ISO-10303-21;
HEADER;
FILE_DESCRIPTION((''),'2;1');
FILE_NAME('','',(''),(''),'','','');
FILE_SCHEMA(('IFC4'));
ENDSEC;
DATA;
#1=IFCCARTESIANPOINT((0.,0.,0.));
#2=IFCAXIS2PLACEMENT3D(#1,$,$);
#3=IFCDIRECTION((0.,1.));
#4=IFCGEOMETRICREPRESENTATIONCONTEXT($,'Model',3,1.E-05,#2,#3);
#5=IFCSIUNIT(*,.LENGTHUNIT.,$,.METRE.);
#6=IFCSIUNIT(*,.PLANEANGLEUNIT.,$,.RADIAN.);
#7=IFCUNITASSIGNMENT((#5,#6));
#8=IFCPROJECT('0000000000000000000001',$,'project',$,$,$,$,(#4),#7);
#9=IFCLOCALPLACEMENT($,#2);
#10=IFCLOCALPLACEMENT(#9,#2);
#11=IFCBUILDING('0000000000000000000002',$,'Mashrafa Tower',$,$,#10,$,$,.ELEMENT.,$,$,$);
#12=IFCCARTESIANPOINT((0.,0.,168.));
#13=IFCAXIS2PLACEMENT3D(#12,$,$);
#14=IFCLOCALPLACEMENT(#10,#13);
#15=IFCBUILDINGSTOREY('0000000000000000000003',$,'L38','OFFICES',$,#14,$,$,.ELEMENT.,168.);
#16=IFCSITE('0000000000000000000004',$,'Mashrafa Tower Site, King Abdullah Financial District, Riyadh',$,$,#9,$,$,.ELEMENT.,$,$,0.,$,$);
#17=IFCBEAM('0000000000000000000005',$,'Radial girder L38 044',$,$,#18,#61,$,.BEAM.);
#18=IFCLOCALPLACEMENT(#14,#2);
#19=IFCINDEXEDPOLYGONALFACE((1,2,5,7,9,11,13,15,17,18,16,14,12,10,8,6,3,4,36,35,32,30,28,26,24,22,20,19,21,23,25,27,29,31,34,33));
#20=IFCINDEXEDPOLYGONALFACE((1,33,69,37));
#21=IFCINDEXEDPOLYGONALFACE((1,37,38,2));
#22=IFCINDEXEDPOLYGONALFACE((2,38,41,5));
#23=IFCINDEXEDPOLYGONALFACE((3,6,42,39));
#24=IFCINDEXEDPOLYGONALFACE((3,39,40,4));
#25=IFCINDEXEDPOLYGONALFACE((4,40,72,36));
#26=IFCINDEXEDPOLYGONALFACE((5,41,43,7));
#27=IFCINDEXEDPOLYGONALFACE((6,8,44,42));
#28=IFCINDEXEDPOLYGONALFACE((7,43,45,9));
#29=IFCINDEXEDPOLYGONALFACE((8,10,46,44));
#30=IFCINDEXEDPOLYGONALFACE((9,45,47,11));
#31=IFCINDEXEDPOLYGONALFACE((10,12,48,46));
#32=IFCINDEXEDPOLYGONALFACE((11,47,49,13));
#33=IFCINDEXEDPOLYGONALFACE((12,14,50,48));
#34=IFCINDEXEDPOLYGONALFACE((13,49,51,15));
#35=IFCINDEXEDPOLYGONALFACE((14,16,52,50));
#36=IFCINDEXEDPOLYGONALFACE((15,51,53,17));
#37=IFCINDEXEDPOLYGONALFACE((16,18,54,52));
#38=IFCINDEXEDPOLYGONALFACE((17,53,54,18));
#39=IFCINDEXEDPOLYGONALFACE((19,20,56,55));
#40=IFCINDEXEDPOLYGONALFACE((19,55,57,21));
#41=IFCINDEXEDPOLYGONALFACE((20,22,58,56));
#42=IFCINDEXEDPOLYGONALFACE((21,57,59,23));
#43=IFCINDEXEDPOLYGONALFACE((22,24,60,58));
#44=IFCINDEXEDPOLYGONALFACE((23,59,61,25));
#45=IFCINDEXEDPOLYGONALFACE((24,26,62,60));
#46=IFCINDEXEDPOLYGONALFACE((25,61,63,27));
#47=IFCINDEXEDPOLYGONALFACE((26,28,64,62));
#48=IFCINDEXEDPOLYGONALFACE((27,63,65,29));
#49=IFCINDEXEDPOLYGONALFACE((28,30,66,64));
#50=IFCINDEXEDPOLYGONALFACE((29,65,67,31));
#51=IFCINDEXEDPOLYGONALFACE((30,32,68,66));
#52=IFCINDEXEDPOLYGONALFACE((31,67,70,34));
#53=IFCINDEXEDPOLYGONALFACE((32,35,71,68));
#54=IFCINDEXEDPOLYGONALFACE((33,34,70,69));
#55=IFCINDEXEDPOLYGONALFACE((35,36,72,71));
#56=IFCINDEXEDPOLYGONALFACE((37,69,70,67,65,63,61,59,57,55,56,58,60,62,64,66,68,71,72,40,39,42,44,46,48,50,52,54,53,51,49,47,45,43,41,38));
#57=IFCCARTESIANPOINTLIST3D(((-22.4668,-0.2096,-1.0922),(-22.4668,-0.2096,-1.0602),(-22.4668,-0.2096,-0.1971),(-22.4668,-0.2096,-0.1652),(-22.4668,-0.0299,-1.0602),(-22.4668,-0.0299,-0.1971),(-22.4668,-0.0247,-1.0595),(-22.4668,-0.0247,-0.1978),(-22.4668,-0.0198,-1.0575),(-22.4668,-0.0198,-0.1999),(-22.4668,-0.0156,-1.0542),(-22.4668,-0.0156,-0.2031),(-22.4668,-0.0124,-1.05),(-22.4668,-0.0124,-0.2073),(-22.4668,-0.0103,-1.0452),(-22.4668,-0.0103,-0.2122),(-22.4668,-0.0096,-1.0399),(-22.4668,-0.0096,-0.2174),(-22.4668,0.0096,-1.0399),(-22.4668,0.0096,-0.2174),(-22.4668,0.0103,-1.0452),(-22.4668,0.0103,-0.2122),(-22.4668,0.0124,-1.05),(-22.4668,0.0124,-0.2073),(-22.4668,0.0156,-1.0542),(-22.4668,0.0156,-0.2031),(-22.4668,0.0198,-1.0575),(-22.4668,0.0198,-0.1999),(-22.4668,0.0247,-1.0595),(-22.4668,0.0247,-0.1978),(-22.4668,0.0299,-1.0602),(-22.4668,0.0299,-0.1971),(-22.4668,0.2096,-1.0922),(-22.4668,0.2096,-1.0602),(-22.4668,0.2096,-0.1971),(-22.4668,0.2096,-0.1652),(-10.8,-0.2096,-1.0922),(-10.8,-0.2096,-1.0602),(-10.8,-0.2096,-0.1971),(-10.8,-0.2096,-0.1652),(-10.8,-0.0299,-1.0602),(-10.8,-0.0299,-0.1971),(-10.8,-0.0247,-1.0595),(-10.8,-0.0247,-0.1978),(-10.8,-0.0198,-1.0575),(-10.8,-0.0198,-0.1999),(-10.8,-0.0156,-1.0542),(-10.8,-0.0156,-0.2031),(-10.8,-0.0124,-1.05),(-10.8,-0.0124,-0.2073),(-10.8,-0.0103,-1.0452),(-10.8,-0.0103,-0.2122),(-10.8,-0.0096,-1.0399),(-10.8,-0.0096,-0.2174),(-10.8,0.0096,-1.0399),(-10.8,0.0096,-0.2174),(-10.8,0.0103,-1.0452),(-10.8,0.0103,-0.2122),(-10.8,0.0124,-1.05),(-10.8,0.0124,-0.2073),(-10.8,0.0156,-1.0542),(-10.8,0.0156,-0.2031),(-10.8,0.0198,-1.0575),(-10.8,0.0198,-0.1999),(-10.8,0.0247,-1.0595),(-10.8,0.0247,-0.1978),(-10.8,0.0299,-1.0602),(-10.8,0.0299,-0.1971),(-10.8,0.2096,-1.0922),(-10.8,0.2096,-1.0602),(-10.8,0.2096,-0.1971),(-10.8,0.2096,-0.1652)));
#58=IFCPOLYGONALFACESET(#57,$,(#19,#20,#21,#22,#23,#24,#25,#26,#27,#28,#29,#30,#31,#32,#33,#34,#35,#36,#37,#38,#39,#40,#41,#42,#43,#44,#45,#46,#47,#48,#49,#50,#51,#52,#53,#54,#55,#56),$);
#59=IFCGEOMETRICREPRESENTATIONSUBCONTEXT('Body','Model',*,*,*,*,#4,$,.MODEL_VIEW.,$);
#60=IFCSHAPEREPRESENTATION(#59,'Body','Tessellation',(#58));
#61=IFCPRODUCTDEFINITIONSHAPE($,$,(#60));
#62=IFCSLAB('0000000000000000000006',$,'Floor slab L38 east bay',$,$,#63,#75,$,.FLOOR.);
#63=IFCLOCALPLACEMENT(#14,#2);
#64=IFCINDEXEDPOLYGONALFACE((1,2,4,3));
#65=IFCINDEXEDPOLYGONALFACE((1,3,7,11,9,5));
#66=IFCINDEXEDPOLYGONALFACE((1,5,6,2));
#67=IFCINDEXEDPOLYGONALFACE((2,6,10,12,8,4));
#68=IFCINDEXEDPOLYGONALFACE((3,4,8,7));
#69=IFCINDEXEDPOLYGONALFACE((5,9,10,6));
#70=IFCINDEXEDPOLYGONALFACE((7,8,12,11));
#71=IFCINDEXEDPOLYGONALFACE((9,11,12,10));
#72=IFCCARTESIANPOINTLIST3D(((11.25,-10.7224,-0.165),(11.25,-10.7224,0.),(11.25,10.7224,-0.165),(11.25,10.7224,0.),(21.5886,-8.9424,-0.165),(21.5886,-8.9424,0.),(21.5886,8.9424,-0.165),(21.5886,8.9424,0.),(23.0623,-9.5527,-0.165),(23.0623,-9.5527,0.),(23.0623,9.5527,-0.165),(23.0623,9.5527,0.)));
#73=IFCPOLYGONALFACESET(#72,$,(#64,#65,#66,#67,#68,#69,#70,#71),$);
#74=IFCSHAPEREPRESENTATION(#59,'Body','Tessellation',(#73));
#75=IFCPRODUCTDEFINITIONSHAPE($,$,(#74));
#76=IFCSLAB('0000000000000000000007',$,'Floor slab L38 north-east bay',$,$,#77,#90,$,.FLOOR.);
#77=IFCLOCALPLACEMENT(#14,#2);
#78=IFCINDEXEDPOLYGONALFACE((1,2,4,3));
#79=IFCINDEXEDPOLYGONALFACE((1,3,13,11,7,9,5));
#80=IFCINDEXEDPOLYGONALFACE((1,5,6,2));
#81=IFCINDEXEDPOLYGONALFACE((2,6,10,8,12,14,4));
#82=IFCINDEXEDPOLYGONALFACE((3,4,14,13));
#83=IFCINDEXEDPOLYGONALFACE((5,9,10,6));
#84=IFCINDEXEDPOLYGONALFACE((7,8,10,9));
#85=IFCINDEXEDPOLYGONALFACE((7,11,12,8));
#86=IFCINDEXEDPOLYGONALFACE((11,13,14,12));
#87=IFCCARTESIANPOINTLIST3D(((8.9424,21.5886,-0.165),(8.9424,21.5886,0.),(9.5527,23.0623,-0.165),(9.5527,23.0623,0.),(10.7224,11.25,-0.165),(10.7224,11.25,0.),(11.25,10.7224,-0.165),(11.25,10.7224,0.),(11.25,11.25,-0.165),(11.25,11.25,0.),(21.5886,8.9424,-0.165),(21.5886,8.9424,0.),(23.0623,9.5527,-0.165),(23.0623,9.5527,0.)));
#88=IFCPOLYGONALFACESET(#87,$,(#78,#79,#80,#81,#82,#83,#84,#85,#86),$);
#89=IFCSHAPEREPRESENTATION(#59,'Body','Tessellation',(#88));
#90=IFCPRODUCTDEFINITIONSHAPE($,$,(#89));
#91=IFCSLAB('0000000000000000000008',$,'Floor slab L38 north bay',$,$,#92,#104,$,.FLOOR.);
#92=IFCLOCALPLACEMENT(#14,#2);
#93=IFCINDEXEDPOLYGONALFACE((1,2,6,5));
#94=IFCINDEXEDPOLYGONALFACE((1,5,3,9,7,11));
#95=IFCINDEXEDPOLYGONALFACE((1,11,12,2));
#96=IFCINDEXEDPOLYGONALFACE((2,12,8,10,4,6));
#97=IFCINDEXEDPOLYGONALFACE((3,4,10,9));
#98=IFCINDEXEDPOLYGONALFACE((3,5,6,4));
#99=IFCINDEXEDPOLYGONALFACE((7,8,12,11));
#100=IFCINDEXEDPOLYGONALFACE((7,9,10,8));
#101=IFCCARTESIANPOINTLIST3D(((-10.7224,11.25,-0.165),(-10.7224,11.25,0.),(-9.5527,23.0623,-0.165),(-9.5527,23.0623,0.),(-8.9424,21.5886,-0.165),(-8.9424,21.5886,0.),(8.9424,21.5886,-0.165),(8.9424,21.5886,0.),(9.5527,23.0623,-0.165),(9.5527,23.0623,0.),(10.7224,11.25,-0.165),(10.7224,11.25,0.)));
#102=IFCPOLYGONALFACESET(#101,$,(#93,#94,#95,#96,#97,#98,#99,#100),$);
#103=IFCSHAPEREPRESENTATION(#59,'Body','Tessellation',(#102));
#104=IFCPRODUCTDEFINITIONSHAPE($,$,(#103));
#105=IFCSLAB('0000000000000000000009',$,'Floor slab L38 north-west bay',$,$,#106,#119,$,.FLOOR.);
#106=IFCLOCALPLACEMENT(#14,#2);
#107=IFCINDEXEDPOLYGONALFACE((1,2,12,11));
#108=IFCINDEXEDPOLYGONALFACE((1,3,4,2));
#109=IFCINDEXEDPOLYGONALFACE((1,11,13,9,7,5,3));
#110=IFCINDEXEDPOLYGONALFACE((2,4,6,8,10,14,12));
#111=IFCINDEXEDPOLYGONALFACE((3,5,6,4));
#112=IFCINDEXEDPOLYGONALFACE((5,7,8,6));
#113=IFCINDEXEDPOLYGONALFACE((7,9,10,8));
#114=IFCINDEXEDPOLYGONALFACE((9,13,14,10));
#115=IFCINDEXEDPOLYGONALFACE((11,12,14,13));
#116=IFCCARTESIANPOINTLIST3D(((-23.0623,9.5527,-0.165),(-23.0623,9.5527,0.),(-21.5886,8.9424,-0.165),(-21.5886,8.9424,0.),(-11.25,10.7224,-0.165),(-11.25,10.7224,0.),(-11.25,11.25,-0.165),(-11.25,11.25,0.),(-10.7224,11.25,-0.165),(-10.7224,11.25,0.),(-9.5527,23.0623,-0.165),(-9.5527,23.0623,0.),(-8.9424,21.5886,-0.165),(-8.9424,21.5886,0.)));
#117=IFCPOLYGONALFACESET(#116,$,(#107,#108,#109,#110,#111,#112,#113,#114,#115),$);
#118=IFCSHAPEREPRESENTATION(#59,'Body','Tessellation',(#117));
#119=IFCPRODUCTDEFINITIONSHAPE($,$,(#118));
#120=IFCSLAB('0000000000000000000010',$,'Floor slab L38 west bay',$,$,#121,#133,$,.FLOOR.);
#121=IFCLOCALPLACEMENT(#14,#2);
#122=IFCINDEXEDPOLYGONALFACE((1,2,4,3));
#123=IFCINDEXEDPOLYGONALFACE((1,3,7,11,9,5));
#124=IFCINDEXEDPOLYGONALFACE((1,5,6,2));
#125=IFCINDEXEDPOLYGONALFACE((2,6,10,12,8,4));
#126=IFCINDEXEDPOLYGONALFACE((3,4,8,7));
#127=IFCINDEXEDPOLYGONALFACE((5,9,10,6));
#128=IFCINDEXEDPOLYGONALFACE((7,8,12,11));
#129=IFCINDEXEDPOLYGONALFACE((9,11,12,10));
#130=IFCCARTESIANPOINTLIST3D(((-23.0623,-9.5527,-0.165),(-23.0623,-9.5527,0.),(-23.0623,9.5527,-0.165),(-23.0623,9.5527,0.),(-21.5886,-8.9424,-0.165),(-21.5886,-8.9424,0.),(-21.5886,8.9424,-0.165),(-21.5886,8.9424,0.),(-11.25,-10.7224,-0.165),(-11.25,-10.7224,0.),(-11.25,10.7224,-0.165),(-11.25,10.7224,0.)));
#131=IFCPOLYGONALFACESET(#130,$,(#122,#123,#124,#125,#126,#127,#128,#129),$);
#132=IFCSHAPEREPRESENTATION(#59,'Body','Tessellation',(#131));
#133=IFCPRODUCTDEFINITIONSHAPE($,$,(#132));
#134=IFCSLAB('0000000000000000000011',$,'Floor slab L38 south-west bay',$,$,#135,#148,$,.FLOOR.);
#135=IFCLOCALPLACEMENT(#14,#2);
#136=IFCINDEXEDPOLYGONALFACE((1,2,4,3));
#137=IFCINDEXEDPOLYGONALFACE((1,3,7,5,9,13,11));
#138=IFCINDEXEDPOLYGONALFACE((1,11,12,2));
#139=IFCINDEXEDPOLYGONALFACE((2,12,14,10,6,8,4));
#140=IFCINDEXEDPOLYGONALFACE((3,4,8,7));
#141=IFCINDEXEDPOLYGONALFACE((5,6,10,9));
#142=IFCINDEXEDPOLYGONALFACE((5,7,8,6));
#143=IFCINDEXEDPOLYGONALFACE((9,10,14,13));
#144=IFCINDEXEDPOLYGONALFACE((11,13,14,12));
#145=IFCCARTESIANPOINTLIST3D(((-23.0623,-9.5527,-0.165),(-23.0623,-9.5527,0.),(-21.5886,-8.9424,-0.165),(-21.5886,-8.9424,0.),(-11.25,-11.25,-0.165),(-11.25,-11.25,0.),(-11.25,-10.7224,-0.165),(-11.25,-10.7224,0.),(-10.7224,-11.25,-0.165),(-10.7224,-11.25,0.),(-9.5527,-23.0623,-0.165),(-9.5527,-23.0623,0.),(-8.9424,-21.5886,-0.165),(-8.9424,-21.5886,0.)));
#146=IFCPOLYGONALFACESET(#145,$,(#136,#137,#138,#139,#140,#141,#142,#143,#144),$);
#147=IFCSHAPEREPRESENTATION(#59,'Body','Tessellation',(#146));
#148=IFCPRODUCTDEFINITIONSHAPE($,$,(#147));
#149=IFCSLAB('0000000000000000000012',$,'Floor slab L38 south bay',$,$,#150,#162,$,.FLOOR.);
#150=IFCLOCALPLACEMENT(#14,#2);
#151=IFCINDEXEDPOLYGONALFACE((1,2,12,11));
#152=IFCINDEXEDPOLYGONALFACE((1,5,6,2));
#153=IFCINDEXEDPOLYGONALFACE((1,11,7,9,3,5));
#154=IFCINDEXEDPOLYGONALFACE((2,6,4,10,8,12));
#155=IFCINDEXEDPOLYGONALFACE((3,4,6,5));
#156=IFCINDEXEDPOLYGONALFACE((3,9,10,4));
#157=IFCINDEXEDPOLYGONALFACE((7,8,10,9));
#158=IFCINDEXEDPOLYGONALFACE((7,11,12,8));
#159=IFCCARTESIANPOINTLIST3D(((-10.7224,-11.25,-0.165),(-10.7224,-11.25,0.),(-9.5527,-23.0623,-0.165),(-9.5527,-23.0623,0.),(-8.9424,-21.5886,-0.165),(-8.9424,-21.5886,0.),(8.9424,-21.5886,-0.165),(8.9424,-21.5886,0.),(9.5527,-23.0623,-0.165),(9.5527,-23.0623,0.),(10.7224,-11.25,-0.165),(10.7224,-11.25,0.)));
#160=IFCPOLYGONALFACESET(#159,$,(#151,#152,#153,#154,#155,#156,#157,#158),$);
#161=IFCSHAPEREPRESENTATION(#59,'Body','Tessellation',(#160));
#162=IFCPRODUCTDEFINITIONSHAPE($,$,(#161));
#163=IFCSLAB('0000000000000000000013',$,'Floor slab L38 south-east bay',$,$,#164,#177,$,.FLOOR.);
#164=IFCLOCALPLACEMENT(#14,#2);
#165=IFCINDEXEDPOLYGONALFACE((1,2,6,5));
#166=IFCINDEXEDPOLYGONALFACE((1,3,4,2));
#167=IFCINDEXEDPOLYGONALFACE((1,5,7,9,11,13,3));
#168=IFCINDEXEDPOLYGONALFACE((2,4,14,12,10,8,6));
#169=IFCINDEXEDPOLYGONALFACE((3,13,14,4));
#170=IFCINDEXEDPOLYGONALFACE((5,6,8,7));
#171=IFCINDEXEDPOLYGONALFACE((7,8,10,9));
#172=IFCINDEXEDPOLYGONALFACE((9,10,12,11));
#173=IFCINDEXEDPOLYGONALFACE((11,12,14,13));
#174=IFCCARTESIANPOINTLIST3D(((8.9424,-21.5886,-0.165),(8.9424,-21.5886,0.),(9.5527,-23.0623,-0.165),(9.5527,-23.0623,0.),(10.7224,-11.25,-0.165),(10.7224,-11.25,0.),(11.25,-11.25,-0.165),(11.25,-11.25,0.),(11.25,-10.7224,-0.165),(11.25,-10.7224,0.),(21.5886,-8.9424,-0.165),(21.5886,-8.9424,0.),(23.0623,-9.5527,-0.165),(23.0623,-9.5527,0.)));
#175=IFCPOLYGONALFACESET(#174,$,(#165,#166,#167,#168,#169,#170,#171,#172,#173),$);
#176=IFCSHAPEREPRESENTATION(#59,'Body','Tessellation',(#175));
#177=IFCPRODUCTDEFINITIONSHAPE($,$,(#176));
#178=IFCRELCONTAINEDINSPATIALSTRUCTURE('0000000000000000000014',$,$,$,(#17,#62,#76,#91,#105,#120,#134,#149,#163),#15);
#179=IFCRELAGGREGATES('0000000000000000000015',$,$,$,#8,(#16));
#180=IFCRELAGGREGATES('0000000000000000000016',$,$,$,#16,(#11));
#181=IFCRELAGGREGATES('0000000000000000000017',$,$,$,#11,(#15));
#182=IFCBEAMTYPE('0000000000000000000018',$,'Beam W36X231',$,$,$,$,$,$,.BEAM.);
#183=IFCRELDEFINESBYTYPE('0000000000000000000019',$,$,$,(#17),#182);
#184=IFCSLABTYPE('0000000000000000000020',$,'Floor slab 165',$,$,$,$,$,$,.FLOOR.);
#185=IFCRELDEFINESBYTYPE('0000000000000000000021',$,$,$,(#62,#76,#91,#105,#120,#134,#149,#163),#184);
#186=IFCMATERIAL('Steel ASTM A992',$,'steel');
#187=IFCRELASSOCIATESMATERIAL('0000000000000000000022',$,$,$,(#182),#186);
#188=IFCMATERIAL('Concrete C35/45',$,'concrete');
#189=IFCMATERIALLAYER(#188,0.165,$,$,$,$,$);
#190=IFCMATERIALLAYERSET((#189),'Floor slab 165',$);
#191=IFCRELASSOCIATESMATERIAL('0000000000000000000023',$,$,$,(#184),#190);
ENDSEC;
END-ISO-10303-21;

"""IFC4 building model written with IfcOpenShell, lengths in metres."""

from ifc_helpers import new_model, si_unit, direction, frame, origin, origin_2d, place, context, subcontext, project, spatial, polyline, i_section, outline, extrude, material, layer, layer_set, material_profile, profile_set, type_object, element, save


model = new_model("IFC4")

# Units and contexts
model_context = context("Model", 3, precision=1e-05, world=origin(), true_north=direction((0.0, 1.0)))
body_context = subcontext(model_context, "Body", "Model", "MODEL_VIEW")
ifc_project = project(units=[si_unit("LENGTHUNIT", "METRE"), si_unit("PLANEANGLEUNIT", "RADIAN")], contexts=[model_context])

# Site, building, storey
site_placement = place(None, origin())
site = spatial("IfcSite", under=ifc_project, at=site_placement, Name="Mashrafa Tower Site, King Abdullah Financial District, Riyadh", CompositionType="ELEMENT", RefElevation=0.0)
building_placement = place(site_placement, origin())
building = spatial("IfcBuilding", under=site, at=building_placement, Name="Mashrafa Tower", CompositionType="ELEMENT")
storey_placement = place(building_placement, frame((0.0, 0.0, 168.0)))
storey = spatial("IfcBuildingStorey", under=building, at=storey_placement, Name="L38", Description="OFFICES", CompositionType="ELEMENT", Elevation=168.0)

# Beam
ifc_material_1 = material(Name="Steel ASTM A992", Category="steel")
ifc_material_profile = material_profile(ifc_material_1, i_section(OverallWidth=0.4192, OverallDepth=0.927, WebThickness=0.0193, FlangeThickness=0.032, FilletRadius=0.0203, at=origin_2d()), Name="W36X231")
ifc_profile_set = profile_set([ifc_material_profile], Name="Steel ASTM A992")
beam_type = type_object("IfcBeamType", Name="Beam W36X231", PredefinedType="BEAM", material=ifc_profile_set)
beam_placement = place(storey_placement, frame((-10.8, 0.0, -0.6287), z_axis=(-1.0, 0.0, 0.0), x_axis=(0.0, -1.0, 0.0)))
element("IfcBeam", 1, at=beam_placement, inside=storey, type_object=beam_type, Name="Radial girder L38 044", PredefinedType="BEAM", context=body_context, shape_type="SweptSolid", body=[
    extrude(i_section(OverallWidth=0.4192, OverallDepth=0.927, WebThickness=0.0193, FlangeThickness=0.032, FilletRadius=0.0203, at=origin_2d()), origin(), (0.0, 0.0, 1.0), 11.6667),
])

# Slabs
ifc_material_2 = material(Name="Concrete C35/45", Category="concrete")
ifc_layer_1 = layer(ifc_material_2, 0.165)
ifc_layer_set_1 = layer_set([ifc_layer_1], Name="Floor slab 165")
slab_type = type_object("IfcSlabType", Name="Floor slab 165", PredefinedType="FLOOR", material=ifc_layer_set_1)
slab_1_placement = place(storey_placement, frame((0.0, 0.0, -0.165)))
element("IfcSlab", 2, at=slab_1_placement, inside=storey, type_object=slab_type, Name="Floor slab L38 east bay", PredefinedType="FLOOR", context=body_context, shape_type="SweptSolid", body=[
    extrude(outline(polyline([(23.0623, -9.5527), (21.5886, -8.9424), (11.25, -10.7224), (11.25, 10.7224), (21.5886, 8.9424), (23.0623, 9.5527), (23.0623, -9.5527)])), origin(), (0.0, 0.0, 1.0), 0.165),
])
slab_2_placement = place(storey_placement, frame((0.0, 0.0, -0.165)))
element("IfcSlab", 3, at=slab_2_placement, inside=storey, type_object=slab_type, Name="Floor slab L38 north-east bay", PredefinedType="FLOOR", context=body_context, shape_type="SweptSolid", body=[
    extrude(outline(polyline([(9.5527, 23.0623), (23.0623, 9.5527), (23.0623, 9.5527), (21.5886, 8.9424), (11.25, 10.7224), (11.25, 11.25), (10.7224, 11.25), (8.9424, 21.5886), (9.5527, 23.0623), (9.5527, 23.0623)])), origin(), (0.0, 0.0, 1.0), 0.165),
])
slab_3_placement = place(storey_placement, frame((0.0, 0.0, -0.165)))
element("IfcSlab", 4, at=slab_3_placement, inside=storey, type_object=slab_type, Name="Floor slab L38 north bay", PredefinedType="FLOOR", context=body_context, shape_type="SweptSolid", body=[
    extrude(outline(polyline([(9.5527, 23.0623), (8.9424, 21.5886), (10.7224, 11.25), (-10.7224, 11.25), (-8.9424, 21.5886), (-9.5527, 23.0623), (9.5527, 23.0623)])), origin(), (0.0, 0.0, 1.0), 0.165),
])
slab_4_placement = place(storey_placement, frame((0.0, 0.0, -0.165)))
element("IfcSlab", 5, at=slab_4_placement, inside=storey, type_object=slab_type, Name="Floor slab L38 north-west bay", PredefinedType="FLOOR", context=body_context, shape_type="SweptSolid", body=[
    extrude(outline(polyline([(-23.0623, 9.5527), (-9.5527, 23.0623), (-9.5527, 23.0623), (-8.9424, 21.5886), (-10.7224, 11.25), (-11.25, 11.25), (-11.25, 10.7224), (-21.5886, 8.9424), (-23.0623, 9.5527), (-23.0623, 9.5527)])), origin(), (0.0, 0.0, 1.0), 0.165),
])
slab_5_placement = place(storey_placement, frame((0.0, 0.0, -0.165)))
element("IfcSlab", 6, at=slab_5_placement, inside=storey, type_object=slab_type, Name="Floor slab L38 west bay", PredefinedType="FLOOR", context=body_context, shape_type="SweptSolid", body=[
    extrude(outline(polyline([(-23.0623, 9.5527), (-21.5886, 8.9424), (-11.25, 10.7224), (-11.25, -10.7224), (-21.5886, -8.9424), (-23.0623, -9.5527), (-23.0623, 9.5527)])), origin(), (0.0, 0.0, 1.0), 0.165),
])
slab_6_placement = place(storey_placement, frame((0.0, 0.0, -0.165)))
element("IfcSlab", 7, at=slab_6_placement, inside=storey, type_object=slab_type, Name="Floor slab L38 south-west bay", PredefinedType="FLOOR", context=body_context, shape_type="SweptSolid", body=[
    extrude(outline(polyline([(-9.5527, -23.0623), (-23.0623, -9.5527), (-23.0623, -9.5527), (-21.5886, -8.9424), (-11.25, -10.7224), (-11.25, -11.25), (-10.7224, -11.25), (-8.9424, -21.5886), (-9.5527, -23.0623), (-9.5527, -23.0623)])), origin(), (0.0, 0.0, 1.0), 0.165),
])
slab_7_placement = place(storey_placement, frame((0.0, 0.0, -0.165)))
element("IfcSlab", 8, at=slab_7_placement, inside=storey, type_object=slab_type, Name="Floor slab L38 south bay", PredefinedType="FLOOR", context=body_context, shape_type="SweptSolid", body=[
    extrude(outline(polyline([(-9.5527, -23.0623), (-8.9424, -21.5886), (-10.7224, -11.25), (10.7224, -11.25), (8.9424, -21.5886), (9.5527, -23.0623), (-9.5527, -23.0623)])), origin(), (0.0, 0.0, 1.0), 0.165),
])
slab_8_placement = place(storey_placement, frame((0.0, 0.0, -0.165)))
element("IfcSlab", 9, at=slab_8_placement, inside=storey, type_object=slab_type, Name="Floor slab L38 south-east bay", PredefinedType="FLOOR", context=body_context, shape_type="SweptSolid", body=[
    extrude(outline(polyline([(9.5527, -23.0623), (8.9424, -21.5886), (10.7224, -11.25), (11.25, -11.25), (11.25, -10.7224), (21.5886, -8.9424), (23.0623, -9.5527), (23.0623, -9.5527), (9.5527, -23.0623), (9.5527, -23.0623)])), origin(), (0.0, 0.0, 1.0), 0.165),
])

save(model, "model.ifc")
